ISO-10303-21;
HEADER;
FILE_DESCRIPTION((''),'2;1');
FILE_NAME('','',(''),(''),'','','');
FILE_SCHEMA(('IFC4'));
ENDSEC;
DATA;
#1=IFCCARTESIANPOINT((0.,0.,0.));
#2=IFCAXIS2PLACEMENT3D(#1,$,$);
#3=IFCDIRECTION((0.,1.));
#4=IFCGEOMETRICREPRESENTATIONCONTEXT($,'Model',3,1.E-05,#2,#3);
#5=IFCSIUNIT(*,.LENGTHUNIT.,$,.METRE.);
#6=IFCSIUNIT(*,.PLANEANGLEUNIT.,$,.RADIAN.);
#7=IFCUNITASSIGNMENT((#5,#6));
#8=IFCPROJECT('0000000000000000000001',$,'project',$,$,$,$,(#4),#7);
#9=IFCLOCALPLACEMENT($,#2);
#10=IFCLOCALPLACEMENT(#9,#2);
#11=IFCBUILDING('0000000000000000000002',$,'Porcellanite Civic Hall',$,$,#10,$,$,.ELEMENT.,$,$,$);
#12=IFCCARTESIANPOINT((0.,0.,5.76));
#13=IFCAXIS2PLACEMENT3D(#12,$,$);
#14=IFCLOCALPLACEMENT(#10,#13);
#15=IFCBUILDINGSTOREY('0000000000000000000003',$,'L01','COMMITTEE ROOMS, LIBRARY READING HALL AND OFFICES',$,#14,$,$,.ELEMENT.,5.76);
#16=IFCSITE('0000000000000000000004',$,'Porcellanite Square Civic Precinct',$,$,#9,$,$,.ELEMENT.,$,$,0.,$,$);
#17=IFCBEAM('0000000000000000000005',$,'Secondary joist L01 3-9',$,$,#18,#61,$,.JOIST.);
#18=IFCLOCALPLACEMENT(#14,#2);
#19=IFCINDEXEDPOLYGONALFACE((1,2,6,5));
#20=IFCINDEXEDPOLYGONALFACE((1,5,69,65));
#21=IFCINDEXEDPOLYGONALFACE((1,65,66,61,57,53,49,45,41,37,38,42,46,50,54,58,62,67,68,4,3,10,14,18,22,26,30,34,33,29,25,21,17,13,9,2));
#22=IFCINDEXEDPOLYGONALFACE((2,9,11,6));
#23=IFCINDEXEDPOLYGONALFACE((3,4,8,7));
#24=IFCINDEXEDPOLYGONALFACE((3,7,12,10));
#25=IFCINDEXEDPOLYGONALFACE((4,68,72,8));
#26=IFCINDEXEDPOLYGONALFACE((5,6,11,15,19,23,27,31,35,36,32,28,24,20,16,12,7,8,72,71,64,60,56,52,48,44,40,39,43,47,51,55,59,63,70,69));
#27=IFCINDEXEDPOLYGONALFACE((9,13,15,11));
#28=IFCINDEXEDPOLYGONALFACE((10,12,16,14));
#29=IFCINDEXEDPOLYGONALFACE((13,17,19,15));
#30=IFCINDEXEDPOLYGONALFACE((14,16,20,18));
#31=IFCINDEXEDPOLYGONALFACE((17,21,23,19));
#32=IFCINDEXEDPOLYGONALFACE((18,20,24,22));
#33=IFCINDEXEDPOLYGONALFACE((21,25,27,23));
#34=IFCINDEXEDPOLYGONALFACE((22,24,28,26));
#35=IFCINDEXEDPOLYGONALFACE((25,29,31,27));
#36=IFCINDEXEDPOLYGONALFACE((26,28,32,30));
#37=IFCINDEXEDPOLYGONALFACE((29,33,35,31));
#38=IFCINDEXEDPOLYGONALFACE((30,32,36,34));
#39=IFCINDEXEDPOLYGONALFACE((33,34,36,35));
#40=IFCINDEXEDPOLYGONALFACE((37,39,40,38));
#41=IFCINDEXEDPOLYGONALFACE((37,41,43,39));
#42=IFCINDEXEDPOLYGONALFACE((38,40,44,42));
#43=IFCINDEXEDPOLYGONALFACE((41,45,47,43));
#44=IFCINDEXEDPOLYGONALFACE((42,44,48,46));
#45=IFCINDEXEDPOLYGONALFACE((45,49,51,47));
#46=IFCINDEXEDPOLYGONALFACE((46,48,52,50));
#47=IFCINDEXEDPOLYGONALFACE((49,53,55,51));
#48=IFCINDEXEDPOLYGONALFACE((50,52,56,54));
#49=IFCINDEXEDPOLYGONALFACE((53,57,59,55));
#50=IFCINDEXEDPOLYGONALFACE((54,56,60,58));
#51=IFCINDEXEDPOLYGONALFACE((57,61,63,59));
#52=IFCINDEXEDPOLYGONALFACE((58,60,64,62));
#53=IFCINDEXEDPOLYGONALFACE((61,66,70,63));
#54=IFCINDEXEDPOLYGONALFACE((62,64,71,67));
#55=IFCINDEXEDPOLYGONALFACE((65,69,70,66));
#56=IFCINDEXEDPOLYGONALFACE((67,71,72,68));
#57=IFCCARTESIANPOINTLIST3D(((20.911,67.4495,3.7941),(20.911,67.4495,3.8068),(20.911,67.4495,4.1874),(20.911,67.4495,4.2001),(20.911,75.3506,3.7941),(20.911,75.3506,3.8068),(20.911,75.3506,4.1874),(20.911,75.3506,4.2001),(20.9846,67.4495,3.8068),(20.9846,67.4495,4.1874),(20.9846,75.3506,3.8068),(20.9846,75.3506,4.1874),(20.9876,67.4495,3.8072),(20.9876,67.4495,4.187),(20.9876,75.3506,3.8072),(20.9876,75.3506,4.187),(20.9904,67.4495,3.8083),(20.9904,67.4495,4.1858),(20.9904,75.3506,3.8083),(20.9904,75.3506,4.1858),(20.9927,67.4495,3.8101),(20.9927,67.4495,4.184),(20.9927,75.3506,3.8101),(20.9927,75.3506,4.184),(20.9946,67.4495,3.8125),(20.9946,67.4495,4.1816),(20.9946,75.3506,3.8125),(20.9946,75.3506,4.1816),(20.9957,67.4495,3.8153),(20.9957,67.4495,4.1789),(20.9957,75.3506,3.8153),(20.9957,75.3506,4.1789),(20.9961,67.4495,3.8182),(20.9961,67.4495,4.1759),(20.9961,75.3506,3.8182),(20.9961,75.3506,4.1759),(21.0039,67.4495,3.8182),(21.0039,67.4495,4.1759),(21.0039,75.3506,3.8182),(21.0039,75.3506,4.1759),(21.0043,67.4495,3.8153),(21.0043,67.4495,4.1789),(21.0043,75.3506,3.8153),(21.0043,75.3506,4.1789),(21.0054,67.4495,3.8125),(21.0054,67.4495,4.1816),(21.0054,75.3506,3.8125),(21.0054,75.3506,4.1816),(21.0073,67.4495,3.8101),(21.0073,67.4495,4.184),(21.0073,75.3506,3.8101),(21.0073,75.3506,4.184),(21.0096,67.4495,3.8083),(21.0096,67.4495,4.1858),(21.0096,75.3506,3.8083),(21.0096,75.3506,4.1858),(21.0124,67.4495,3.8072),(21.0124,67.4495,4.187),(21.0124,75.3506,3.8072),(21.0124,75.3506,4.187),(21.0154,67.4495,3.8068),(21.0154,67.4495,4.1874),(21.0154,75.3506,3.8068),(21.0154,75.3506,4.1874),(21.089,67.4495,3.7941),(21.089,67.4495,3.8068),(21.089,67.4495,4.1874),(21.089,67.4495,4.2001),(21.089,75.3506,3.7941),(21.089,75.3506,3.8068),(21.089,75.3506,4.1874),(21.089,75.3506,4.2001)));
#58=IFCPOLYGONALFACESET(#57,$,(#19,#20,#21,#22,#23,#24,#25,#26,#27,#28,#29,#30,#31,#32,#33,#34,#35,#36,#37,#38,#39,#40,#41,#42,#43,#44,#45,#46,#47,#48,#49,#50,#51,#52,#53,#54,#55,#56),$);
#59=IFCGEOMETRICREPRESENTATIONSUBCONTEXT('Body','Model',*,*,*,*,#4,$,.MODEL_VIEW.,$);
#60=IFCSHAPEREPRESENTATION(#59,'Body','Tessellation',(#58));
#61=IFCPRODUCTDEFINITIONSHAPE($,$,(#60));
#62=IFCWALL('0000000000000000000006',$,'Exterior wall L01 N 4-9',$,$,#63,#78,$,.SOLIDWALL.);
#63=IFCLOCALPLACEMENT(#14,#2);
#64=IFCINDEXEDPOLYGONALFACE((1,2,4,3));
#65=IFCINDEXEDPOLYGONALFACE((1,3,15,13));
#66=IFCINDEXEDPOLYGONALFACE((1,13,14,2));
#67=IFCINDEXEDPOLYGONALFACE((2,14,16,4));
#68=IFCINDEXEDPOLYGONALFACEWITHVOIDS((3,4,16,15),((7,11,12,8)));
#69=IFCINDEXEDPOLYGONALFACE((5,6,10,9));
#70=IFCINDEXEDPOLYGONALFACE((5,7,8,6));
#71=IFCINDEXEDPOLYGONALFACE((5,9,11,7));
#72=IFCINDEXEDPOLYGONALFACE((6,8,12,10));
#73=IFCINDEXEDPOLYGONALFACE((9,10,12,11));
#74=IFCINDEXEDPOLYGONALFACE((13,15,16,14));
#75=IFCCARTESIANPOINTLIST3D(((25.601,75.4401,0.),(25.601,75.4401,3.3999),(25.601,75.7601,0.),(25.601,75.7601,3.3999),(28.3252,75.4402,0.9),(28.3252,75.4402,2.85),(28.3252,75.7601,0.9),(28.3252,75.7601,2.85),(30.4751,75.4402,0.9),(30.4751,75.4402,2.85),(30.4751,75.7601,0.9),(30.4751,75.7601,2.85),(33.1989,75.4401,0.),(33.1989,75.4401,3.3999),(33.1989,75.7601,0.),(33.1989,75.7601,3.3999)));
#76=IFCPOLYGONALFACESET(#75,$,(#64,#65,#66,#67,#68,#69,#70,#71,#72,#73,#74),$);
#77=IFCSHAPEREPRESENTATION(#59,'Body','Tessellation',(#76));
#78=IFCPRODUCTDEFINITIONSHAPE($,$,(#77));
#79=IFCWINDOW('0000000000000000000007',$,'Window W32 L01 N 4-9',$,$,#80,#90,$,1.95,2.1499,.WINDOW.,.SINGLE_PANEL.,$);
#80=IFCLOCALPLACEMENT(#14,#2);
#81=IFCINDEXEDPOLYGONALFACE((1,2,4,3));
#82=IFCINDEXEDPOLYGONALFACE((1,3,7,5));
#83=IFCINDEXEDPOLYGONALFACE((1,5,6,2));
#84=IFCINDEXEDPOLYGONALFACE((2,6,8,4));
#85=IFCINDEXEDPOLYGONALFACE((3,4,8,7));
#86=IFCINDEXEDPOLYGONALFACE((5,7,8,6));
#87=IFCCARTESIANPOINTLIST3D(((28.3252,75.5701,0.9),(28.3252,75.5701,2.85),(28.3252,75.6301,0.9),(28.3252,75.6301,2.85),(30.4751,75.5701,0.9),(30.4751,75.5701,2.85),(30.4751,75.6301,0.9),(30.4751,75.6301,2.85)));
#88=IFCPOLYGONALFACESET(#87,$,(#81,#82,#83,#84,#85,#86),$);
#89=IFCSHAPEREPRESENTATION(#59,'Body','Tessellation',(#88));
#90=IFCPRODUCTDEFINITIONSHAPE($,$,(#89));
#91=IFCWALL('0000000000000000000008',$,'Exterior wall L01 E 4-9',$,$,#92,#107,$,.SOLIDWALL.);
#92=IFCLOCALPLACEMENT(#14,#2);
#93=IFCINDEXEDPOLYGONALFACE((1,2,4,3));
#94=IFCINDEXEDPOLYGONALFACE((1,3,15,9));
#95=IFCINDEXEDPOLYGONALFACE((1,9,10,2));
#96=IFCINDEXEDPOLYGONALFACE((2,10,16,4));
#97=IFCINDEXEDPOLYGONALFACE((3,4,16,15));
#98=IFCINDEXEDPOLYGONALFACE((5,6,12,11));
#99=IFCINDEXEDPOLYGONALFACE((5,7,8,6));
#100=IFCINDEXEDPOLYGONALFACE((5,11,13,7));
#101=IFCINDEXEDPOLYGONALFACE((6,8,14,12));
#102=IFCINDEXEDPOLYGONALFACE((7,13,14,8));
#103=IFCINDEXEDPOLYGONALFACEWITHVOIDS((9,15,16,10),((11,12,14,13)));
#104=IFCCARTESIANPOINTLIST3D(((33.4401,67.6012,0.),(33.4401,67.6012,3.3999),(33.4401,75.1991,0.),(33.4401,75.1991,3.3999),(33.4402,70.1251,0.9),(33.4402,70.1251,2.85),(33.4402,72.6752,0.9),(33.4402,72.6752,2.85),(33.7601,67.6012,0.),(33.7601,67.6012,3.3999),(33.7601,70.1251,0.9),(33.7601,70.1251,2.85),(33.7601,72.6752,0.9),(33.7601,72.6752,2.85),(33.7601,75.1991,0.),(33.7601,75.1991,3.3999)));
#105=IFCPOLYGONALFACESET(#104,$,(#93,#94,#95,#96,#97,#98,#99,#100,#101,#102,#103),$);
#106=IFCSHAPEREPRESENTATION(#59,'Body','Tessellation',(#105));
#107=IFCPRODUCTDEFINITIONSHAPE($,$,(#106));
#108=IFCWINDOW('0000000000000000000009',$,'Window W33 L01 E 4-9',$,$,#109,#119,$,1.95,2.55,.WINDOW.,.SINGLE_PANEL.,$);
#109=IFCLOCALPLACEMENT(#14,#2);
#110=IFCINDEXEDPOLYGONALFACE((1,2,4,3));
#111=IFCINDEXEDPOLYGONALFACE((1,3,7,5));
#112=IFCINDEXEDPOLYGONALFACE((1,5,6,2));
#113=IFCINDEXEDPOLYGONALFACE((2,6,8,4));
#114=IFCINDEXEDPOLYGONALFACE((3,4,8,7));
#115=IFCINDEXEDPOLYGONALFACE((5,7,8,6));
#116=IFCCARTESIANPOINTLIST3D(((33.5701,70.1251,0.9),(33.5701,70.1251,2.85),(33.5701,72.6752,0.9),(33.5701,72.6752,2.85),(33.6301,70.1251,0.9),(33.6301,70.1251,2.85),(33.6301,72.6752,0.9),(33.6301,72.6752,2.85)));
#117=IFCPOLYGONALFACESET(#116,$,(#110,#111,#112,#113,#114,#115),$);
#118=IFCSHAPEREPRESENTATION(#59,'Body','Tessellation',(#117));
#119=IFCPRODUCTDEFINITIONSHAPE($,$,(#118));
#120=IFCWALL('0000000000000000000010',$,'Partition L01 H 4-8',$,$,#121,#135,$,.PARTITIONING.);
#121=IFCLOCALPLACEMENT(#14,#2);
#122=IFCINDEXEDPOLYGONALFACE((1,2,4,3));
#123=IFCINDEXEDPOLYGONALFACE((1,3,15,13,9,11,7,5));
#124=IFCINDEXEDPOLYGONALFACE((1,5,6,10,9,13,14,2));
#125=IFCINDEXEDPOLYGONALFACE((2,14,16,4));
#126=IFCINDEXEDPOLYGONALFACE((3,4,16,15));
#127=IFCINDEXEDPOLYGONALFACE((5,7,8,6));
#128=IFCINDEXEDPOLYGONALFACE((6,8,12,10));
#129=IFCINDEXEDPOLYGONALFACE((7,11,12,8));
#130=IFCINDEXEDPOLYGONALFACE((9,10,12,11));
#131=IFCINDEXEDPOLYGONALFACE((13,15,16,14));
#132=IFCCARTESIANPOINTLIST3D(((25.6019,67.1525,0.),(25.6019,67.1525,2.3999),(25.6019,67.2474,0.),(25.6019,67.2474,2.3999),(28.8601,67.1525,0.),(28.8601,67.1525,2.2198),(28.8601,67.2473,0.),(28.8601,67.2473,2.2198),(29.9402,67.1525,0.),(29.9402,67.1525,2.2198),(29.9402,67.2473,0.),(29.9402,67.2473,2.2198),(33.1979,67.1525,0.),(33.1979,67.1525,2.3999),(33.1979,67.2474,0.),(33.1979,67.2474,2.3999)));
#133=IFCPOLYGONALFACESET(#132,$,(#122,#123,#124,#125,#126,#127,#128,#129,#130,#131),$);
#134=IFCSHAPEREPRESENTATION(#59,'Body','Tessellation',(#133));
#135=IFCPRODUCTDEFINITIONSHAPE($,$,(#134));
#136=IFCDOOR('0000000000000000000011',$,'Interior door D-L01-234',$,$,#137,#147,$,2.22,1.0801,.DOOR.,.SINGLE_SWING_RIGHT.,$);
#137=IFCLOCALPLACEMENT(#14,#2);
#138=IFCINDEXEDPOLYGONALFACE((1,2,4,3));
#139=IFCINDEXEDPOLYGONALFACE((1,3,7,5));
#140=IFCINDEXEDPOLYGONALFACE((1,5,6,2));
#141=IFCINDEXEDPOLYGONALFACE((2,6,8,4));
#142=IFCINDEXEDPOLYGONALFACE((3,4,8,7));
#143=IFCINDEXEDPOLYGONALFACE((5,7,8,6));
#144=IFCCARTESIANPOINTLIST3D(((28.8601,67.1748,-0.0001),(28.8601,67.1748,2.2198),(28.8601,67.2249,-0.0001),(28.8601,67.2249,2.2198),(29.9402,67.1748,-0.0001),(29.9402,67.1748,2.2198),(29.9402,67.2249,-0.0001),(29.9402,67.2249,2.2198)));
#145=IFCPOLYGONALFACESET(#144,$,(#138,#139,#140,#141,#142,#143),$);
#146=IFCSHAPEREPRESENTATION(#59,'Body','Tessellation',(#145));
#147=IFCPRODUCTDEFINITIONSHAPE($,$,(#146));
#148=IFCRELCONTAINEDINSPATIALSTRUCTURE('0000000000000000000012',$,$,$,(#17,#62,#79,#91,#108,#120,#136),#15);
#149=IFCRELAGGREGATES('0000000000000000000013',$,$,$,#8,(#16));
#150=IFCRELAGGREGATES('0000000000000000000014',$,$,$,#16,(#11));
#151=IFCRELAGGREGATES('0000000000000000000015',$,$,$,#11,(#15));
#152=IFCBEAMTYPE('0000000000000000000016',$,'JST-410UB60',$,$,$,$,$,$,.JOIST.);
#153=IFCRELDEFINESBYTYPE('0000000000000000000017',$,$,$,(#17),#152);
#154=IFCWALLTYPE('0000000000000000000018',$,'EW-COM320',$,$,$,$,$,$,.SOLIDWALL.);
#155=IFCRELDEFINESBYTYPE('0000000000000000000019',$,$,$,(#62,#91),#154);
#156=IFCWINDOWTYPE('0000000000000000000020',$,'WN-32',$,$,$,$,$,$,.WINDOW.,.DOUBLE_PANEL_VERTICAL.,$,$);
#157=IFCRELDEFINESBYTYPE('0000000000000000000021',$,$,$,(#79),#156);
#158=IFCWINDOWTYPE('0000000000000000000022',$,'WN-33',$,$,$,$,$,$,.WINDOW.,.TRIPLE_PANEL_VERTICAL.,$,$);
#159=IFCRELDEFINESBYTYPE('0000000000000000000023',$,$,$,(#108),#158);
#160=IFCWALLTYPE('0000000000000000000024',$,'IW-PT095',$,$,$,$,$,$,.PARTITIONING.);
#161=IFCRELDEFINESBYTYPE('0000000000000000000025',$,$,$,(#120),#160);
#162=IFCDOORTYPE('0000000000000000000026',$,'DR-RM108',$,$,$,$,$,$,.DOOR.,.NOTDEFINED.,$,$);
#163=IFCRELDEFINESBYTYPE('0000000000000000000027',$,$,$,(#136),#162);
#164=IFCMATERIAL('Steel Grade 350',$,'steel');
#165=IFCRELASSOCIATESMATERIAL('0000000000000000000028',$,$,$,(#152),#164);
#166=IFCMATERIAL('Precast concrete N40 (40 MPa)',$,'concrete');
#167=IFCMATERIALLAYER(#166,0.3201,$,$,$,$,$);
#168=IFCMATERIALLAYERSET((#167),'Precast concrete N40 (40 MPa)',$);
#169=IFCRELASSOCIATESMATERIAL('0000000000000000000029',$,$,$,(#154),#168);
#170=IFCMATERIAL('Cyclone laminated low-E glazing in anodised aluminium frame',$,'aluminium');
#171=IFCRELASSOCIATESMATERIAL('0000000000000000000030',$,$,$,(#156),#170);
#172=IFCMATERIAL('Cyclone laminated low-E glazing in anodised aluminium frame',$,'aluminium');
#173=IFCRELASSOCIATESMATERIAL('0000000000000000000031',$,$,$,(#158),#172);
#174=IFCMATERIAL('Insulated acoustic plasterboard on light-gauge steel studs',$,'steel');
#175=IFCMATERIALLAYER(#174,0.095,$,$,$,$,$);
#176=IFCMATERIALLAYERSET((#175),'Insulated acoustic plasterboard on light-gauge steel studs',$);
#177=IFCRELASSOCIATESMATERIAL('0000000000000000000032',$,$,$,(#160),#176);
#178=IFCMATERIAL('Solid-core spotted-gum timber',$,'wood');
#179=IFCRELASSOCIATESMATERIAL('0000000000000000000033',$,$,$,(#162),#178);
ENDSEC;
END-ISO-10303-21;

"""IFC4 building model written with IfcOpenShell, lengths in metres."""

from ifc_helpers import new_model, si_unit, direction, frame, frame_2d, origin, origin_2d, place, context, subcontext, project, spatial, rectangle, i_section, extrude, material, layer, layer_set, material_profile, profile_set, type_object, element, fill, save


model = new_model("IFC4")

# Units and contexts
model_context = context("Model", 3, precision=1e-05, world=origin(), true_north=direction((0.0, 1.0)))
body_context = subcontext(model_context, "Body", "Model", "MODEL_VIEW")
ifc_project = project(units=[si_unit("LENGTHUNIT", "METRE"), si_unit("PLANEANGLEUNIT", "RADIAN")], contexts=[model_context])

# Site, building, storey
site_placement = place(None, origin())
site = spatial("IfcSite", under=ifc_project, at=site_placement, Name="Porcellanite Square Civic Precinct", CompositionType="ELEMENT", RefElevation=0.0)
building_placement = place(site_placement, origin())
building = spatial("IfcBuilding", under=site, at=building_placement, Name="Porcellanite Civic Hall", CompositionType="ELEMENT")
storey_placement = place(building_placement, frame((0.0, 0.0, 5.76)))
storey = spatial("IfcBuildingStorey", under=building, at=storey_placement, Name="L01", Description="COMMITTEE ROOMS, LIBRARY READING HALL AND OFFICES", CompositionType="ELEMENT", Elevation=5.76)

# Beam
ifc_material_1 = material(Name="Steel Grade 350", Category="steel")
ifc_material_profile_1 = material_profile(ifc_material_1, i_section(OverallWidth=0.178, OverallDepth=0.406, WebThickness=0.0078, FlangeThickness=0.0127, FilletRadius=0.0115, at=origin_2d()), Name="410UB59.7")
ifc_profile_set_1 = profile_set([ifc_material_profile_1], Name="Steel Grade 350")
beam_type_1 = type_object("IfcBeamType", Name="JST-410UB60", PredefinedType="JOIST", material=ifc_profile_set_1)
beam_1_placement = place(storey_placement, frame((21.0, 67.4495, 3.9971), z_axis=(0.0, 1.0, 0.0), x_axis=(-1.0, 0.0, 0.0)))
element("IfcBeam", 1, at=beam_1_placement, inside=storey, type_object=beam_type_1, Name="Secondary joist L01 3-9", PredefinedType="JOIST", context=body_context, shape_type="SweptSolid", body=[
    extrude(i_section(OverallWidth=0.178, OverallDepth=0.406, WebThickness=0.0078, FlangeThickness=0.0127, FilletRadius=0.0115, at=origin_2d()), origin(), (0.0, 0.0, 1.0), 7.9011),
])

# Walls, openings, windows
ifc_material_2 = material(Name="Precast concrete N40 (40 MPa)", Category="concrete")
ifc_layer_1 = layer(ifc_material_2, 0.3201)
ifc_layer_set_1 = layer_set([ifc_layer_1], Name="Precast concrete N40 (40 MPa)")
wall_type_1 = type_object("IfcWallType", Name="EW-COM320", PredefinedType="SOLIDWALL", material=ifc_layer_set_1)
wall_1_placement = place(storey_placement, frame((25.6011, 75.6001, 0.0), z_axis=(0.0, 0.0, 1.0), x_axis=(1.0, 0.0, 0.0)))
wall_1 = element("IfcWall", 2, at=wall_1_placement, inside=storey, type_object=wall_type_1, Name="Exterior wall L01 N 4-9", PredefinedType="SOLIDWALL", context=body_context, shape_type="SweptSolid", body=[
    extrude(rectangle(XDim=7.5979, YDim=0.3201, at=frame_2d((3.7988, 0.0))), origin(), (0.0, 0.0, 1.0), 3.3999),
])
opening_1_placement = place(wall_1_placement, frame((2.7241, 0.0, 0.8999)))
opening_1 = element("IfcOpeningElement", 3, at=opening_1_placement, cuts=wall_1, PredefinedType="OPENING", context=body_context, shape_type="SweptSolid", body=[
    extrude(rectangle(XDim=2.1499, YDim=1.95, at=frame_2d((1.075, 0.9751))), frame((0.0, 0.1602, 0.0), z_axis=(0.0, -1.0, 0.0), x_axis=(1.0, 0.0, 0.0)), (0.0, 0.0, 1.0), 0.3201),
])
ifc_material_3 = material(Name="Cyclone laminated low-E glazing in anodised aluminium frame", Category="aluminium")
window_type_1 = type_object("IfcWindowType", Name="WN-32", PartitioningType="DOUBLE_PANEL_VERTICAL", PredefinedType="WINDOW", material=ifc_material_3)
window_1_placement = place(opening_1_placement, origin())
window_1 = element("IfcWindow", 4, at=window_1_placement, inside=storey, type_object=window_type_1, Name="Window W32 L01 N 4-9", OverallHeight=1.95, OverallWidth=2.1499, PartitioningType="SINGLE_PANEL", PredefinedType="WINDOW", context=body_context, shape_type="SweptSolid", body=[
    extrude(rectangle(XDim=2.1499, YDim=1.95, at=frame_2d((1.075, 0.9751))), frame((0.0, 0.03, 0.0), z_axis=(0.0, -1.0, 0.0), x_axis=(1.0, 0.0, 0.0)), (0.0, 0.0, 1.0), 0.0601),
])
fill(opening_1, window_1)
wall_2_placement = place(storey_placement, frame((33.6001, 75.199, 0.0), z_axis=(0.0, 0.0, 1.0), x_axis=(0.0, -1.0, 0.0)))
wall_2 = element("IfcWall", 5, at=wall_2_placement, inside=storey, type_object=wall_type_1, Name="Exterior wall L01 E 4-9", PredefinedType="SOLIDWALL", context=body_context, shape_type="SweptSolid", body=[
    extrude(rectangle(XDim=7.5979, YDim=0.3201, at=frame_2d((3.7988, 0.0))), origin(), (0.0, 0.0, 1.0), 3.3999),
])
opening_2_placement = place(wall_2_placement, frame((2.5239, 0.0, 0.8999)))
opening_2 = element("IfcOpeningElement", 6, at=opening_2_placement, cuts=wall_2, PredefinedType="OPENING", context=body_context, shape_type="SweptSolid", body=[
    extrude(rectangle(XDim=2.55, YDim=1.95, at=frame_2d((1.2749, 0.9751))), frame((0.0, 0.1602, 0.0), z_axis=(0.0, -1.0, 0.0), x_axis=(1.0, 0.0, 0.0)), (0.0, 0.0, 1.0), 0.3201),
])
ifc_material_4 = material(Name="Cyclone laminated low-E glazing in anodised aluminium frame", Category="aluminium")
window_type_2 = type_object("IfcWindowType", Name="WN-33", PartitioningType="TRIPLE_PANEL_VERTICAL", PredefinedType="WINDOW", material=ifc_material_4)
window_2_placement = place(opening_2_placement, origin())
window_2 = element("IfcWindow", 7, at=window_2_placement, inside=storey, type_object=window_type_2, Name="Window W33 L01 E 4-9", OverallHeight=1.95, OverallWidth=2.55, PartitioningType="SINGLE_PANEL", PredefinedType="WINDOW", context=body_context, shape_type="SweptSolid", body=[
    extrude(rectangle(XDim=2.55, YDim=1.95, at=frame_2d((1.2749, 0.9751))), frame((0.0, 0.03, 0.0), z_axis=(0.0, -1.0, 0.0), x_axis=(1.0, 0.0, 0.0)), (0.0, 0.0, 1.0), 0.0601),
])
fill(opening_2, window_2)

# Wall, opening, door
ifc_material_5 = material(Name="Insulated acoustic plasterboard on light-gauge steel studs", Category="steel")
ifc_layer_2 = layer(ifc_material_5, 0.095)
ifc_layer_set_2 = layer_set([ifc_layer_2], Name="Insulated acoustic plasterboard on light-gauge steel studs")
wall_type_2 = type_object("IfcWallType", Name="IW-PT095", PredefinedType="PARTITIONING", material=ifc_layer_set_2)
wall_3_placement = place(storey_placement, frame((25.6021, 67.2, 0.0), z_axis=(0.0, 0.0, 1.0), x_axis=(1.0, 0.0, 0.0)))
wall_3 = element("IfcWall", 8, at=wall_3_placement, inside=storey, type_object=wall_type_2, Name="Partition L01 H 4-8", PredefinedType="PARTITIONING", context=body_context, shape_type="SweptSolid", body=[
    extrude(rectangle(XDim=7.5959, YDim=0.095, at=frame_2d((3.7979, 0.0))), origin(), (0.0, 0.0, 1.0), 2.3999),
])
opening_3_placement = place(wall_3_placement, frame((3.2581, 0.0, 0.0)))
opening_3 = element("IfcOpeningElement", 9, at=opening_3_placement, cuts=wall_3, PredefinedType="OPENING", context=body_context, shape_type="SweptSolid", body=[
    extrude(rectangle(XDim=1.0801, YDim=2.22, at=frame_2d((0.54, 1.1099))), frame((0.0, 0.0474, 0.0), z_axis=(0.0, -1.0, 0.0), x_axis=(1.0, 0.0, 0.0)), (0.0, 0.0, 1.0), 0.095),
])
ifc_material_6 = material(Name="Solid-core spotted-gum timber", Category="wood")
door_type_1 = type_object("IfcDoorType", Name="DR-RM108", OperationType="NOTDEFINED", PredefinedType="DOOR", material=ifc_material_6)
door_1_placement = place(opening_3_placement, origin())
door_1 = element("IfcDoor", 10, at=door_1_placement, inside=storey, type_object=door_type_1, Name="Interior door D-L01-234", OperationType="SINGLE_SWING_RIGHT", OverallHeight=2.22, OverallWidth=1.0801, PredefinedType="DOOR", context=body_context, shape_type="SweptSolid", body=[
    extrude(rectangle(XDim=1.0801, YDim=2.22, at=frame_2d((0.54, 1.1099))), frame((0.0, 0.0249, 0.0), z_axis=(0.0, -1.0, 0.0), x_axis=(1.0, 0.0, 0.0)), (0.0, 0.0, 1.0), 0.05),
])
fill(opening_3, door_1)

save(model, "model.ifc")
